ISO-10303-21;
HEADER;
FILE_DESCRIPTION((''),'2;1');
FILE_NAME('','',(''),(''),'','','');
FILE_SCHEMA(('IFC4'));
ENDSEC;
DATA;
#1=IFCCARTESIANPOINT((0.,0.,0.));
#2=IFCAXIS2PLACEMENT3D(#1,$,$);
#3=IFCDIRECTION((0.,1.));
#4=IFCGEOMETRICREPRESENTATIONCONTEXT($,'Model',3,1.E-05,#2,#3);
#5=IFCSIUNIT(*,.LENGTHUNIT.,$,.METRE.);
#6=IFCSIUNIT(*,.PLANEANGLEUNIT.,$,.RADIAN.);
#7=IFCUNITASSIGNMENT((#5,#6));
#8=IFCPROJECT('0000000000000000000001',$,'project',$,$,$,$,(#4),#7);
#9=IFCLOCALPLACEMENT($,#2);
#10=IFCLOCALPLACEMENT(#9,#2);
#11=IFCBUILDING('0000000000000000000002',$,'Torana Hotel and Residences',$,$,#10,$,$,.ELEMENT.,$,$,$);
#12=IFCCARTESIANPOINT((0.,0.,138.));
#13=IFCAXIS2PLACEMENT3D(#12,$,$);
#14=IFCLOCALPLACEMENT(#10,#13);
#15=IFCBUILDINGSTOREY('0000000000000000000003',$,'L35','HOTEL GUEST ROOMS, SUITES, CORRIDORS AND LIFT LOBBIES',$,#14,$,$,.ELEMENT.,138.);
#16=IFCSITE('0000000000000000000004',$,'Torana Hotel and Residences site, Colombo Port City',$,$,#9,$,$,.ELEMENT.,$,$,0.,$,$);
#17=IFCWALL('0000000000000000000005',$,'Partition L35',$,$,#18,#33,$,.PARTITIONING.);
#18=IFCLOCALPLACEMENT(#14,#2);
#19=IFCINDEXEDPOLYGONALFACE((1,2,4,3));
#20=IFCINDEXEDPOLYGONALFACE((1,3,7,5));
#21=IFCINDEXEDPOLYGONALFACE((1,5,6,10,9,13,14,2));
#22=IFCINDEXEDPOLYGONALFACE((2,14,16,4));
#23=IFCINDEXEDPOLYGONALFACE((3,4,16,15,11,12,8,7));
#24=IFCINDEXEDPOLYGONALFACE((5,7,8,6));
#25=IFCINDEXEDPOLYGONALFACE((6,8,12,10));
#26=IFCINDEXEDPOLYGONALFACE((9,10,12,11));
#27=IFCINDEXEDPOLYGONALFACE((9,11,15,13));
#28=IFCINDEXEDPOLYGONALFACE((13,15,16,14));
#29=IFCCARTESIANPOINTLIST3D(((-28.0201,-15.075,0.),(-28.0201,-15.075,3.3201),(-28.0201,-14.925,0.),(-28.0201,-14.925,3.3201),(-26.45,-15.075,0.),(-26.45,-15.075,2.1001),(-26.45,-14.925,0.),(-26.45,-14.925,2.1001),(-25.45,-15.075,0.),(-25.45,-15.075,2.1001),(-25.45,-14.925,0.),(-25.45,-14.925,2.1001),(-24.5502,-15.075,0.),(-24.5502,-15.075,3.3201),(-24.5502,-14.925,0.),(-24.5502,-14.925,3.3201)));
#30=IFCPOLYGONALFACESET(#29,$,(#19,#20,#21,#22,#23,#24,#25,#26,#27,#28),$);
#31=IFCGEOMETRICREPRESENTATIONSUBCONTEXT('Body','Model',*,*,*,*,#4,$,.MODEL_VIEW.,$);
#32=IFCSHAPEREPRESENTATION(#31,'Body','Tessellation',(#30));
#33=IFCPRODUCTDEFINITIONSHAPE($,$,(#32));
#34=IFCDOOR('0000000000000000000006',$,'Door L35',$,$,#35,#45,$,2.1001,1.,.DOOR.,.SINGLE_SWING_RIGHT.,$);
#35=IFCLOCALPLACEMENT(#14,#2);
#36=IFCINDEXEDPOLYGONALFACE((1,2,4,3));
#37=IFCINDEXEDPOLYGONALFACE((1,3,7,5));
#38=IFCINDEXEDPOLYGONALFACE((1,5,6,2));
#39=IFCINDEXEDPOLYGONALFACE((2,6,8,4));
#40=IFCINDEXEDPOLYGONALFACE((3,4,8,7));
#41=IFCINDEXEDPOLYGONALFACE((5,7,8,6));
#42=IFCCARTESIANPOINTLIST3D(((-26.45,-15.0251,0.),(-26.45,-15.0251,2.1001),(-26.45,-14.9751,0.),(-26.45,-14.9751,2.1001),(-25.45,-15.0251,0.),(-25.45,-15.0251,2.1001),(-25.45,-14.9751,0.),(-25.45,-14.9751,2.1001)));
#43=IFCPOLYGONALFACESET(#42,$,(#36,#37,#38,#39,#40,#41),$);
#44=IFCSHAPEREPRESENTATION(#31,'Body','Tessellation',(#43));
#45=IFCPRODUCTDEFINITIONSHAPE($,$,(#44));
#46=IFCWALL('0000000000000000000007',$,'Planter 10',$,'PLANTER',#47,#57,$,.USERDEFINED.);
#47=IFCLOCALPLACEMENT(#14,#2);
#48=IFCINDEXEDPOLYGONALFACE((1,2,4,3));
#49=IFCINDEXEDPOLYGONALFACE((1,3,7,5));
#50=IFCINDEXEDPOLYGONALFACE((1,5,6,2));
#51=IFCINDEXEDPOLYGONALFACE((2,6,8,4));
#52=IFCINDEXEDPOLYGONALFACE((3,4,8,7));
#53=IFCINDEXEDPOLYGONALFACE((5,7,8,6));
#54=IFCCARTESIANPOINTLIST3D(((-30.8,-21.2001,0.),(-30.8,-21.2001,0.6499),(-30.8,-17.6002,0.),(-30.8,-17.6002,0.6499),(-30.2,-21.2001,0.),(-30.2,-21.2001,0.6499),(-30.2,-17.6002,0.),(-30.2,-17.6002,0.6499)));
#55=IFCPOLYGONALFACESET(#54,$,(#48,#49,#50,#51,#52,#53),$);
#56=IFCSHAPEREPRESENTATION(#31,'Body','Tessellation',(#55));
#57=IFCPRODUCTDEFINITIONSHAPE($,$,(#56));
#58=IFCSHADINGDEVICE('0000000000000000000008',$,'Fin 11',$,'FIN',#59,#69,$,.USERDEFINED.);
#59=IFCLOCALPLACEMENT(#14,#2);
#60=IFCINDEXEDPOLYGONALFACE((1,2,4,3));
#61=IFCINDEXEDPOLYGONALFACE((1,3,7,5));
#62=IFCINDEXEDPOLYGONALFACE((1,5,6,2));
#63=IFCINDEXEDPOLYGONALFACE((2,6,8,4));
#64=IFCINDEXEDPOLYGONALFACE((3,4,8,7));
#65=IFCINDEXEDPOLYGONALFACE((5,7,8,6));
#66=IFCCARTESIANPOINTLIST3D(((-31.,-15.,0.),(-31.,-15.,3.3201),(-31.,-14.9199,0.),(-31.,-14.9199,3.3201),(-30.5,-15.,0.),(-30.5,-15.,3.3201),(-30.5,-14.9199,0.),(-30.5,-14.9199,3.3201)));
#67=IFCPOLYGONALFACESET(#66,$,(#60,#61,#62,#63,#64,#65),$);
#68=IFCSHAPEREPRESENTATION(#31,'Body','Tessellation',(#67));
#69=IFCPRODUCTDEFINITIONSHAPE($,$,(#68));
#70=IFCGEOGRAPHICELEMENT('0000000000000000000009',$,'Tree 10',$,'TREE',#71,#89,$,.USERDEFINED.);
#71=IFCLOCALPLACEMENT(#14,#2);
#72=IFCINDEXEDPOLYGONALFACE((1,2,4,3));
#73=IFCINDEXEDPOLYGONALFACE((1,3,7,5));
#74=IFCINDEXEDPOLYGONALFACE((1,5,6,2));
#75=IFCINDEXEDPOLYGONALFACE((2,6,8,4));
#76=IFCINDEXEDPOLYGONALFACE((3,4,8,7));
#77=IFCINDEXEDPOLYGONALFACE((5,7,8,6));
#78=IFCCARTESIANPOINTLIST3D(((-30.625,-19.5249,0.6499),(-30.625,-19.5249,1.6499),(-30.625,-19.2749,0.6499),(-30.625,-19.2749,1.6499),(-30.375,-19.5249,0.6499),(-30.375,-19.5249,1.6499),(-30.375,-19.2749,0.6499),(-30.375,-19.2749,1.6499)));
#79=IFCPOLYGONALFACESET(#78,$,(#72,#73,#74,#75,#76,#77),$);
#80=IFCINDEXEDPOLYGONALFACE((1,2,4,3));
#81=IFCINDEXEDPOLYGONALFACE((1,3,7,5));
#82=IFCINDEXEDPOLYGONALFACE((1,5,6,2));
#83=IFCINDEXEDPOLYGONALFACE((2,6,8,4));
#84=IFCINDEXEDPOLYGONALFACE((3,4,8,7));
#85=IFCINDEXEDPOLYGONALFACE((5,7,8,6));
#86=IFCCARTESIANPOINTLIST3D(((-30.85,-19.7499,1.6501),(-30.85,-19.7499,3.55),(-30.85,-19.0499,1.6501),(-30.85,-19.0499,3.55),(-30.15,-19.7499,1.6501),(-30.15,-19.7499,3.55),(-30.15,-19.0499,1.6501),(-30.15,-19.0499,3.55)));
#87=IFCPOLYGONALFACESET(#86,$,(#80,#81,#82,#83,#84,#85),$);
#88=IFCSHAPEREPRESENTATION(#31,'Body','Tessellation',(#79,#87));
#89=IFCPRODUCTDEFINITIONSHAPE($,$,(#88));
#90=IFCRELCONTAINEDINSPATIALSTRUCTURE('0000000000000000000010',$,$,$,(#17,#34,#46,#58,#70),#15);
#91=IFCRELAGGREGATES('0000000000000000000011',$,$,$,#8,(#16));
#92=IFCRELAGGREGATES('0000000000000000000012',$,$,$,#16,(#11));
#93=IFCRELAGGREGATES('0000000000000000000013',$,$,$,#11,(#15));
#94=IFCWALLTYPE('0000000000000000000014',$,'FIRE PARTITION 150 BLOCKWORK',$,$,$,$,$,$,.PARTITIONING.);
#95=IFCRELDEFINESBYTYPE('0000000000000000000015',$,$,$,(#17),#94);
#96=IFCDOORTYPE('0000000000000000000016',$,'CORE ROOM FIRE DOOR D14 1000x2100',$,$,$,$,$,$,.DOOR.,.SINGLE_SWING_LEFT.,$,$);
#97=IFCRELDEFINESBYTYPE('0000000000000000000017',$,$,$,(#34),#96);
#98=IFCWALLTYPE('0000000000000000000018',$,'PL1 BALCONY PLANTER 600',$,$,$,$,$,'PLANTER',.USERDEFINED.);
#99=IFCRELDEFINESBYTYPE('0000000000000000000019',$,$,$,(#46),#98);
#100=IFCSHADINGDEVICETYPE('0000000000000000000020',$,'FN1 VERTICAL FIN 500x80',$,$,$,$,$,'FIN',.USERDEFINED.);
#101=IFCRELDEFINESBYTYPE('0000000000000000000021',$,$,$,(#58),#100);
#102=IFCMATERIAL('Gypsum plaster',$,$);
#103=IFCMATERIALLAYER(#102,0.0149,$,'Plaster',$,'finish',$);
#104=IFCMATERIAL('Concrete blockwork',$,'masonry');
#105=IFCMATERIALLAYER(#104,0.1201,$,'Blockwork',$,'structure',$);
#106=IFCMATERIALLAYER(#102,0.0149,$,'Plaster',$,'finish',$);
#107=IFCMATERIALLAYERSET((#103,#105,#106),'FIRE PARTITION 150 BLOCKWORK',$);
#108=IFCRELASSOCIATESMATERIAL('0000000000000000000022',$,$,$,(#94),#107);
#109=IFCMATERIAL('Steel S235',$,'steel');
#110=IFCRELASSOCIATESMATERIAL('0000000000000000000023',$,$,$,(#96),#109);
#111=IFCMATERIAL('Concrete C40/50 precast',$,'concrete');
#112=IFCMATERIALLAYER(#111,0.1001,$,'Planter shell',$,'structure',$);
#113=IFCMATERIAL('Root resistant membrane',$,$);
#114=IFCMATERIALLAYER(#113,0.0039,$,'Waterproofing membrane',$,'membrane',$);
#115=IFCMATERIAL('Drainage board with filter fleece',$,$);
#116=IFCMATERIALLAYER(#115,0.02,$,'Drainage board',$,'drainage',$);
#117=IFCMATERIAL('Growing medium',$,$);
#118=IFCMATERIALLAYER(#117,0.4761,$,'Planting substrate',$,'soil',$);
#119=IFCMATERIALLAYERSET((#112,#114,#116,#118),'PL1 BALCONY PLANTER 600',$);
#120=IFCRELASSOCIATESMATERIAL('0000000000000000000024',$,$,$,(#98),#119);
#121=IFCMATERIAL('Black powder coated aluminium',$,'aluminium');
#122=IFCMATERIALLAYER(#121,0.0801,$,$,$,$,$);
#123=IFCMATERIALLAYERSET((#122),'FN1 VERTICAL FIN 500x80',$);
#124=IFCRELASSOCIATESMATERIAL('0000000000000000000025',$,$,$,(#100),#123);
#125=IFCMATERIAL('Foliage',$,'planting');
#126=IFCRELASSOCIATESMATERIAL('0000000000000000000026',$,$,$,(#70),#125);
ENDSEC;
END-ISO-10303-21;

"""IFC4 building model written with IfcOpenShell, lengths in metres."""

from ifc_helpers import new_model, si_unit, direction, frame, frame_2d, origin, origin_2d, place, context, subcontext, project, spatial, rectangle, extrude, material, layer, layer_set, type_object, element, fill, save


model = new_model("IFC4")

# Units and contexts
model_context = context("Model", 3, precision=1e-05, world=origin(), true_north=direction((0.0, 1.0)))
body_context = subcontext(model_context, "Body", "Model", "MODEL_VIEW")
ifc_project = project(units=[si_unit("LENGTHUNIT", "METRE"), si_unit("PLANEANGLEUNIT", "RADIAN")], contexts=[model_context])

# Site, building, storey
site_placement = place(None, origin())
site = spatial("IfcSite", under=ifc_project, at=site_placement, Name="Torana Hotel and Residences site, Colombo Port City", CompositionType="ELEMENT", RefElevation=0.0)
building_placement = place(site_placement, origin())
building = spatial("IfcBuilding", under=site, at=building_placement, Name="Torana Hotel and Residences", CompositionType="ELEMENT")
storey_placement = place(building_placement, frame((0.0, 0.0, 138.0)))
storey = spatial("IfcBuildingStorey", under=building, at=storey_placement, Name="L35", Description="HOTEL GUEST ROOMS, SUITES, CORRIDORS AND LIFT LOBBIES", CompositionType="ELEMENT", Elevation=138.0)

# Shared definitions
ifc_material_1 = material(Name="Gypsum plaster")
ifc_layer_1 = layer(ifc_material_1, 0.0149, Name="Plaster", Category="finish")
ifc_material_2 = material(Name="Concrete blockwork", Category="masonry")
ifc_layer_2 = layer(ifc_material_2, 0.1201, Name="Blockwork", Category="structure")
ifc_layer_3 = layer(ifc_material_1, 0.0149, Name="Plaster", Category="finish")
ifc_layer_set_1 = layer_set([ifc_layer_1, ifc_layer_2, ifc_layer_3], Name="FIRE PARTITION 150 BLOCKWORK")
wall_type_1 = type_object("IfcWallType", Name="FIRE PARTITION 150 BLOCKWORK", PredefinedType="PARTITIONING", material=ifc_layer_set_1)

# Wall, opening, door
wall_1_placement = place(storey_placement, frame((-28.02, -15.0, 0.0), z_axis=(0.0, 0.0, 1.0), x_axis=(1.0, 0.0, 0.0)))
wall_1 = element("IfcWall", 1, at=wall_1_placement, inside=storey, type_object=wall_type_1, Name="Partition L35", PredefinedType="PARTITIONING", context=body_context, shape_type="SweptSolid", body=[
    extrude(rectangle(XDim=3.47, YDim=0.1499, at=frame_2d((1.7349, 0.0))), origin(), (0.0, 0.0, 1.0), 3.3201),
])
opening_1_placement = place(wall_1_placement, frame((1.5701, 0.0, 0.0)))
opening_1 = element("IfcOpeningElement", 2, at=opening_1_placement, cuts=wall_1, PredefinedType="OPENING", context=body_context, shape_type="SweptSolid", body=[
    extrude(rectangle(XDim=1.0, YDim=2.1001, at=frame_2d((0.5, 1.05))), frame((0.0, 0.085, 0.0), z_axis=(0.0, -1.0, 0.0), x_axis=(1.0, 0.0, 0.0)), (0.0, 0.0, 1.0), 0.1699),
])
ifc_material_3 = material(Name="Steel S235", Category="steel")
door_type_1 = type_object("IfcDoorType", Name="CORE ROOM FIRE DOOR D14 1000x2100", OperationType="SINGLE_SWING_LEFT", PredefinedType="DOOR", material=ifc_material_3)
door_1_placement = place(opening_1_placement, origin())
door_1 = element("IfcDoor", 3, at=door_1_placement, inside=storey, type_object=door_type_1, Name="Door L35", OperationType="SINGLE_SWING_RIGHT", OverallHeight=2.1001, OverallWidth=1.0, PredefinedType="DOOR", context=body_context, shape_type="SweptSolid", body=[
    extrude(rectangle(XDim=1.0, YDim=2.1001, at=frame_2d((0.5, 1.05))), frame((0.0, 0.0249, 0.0), z_axis=(0.0, -1.0, 0.0), x_axis=(1.0, 0.0, 0.0)), (0.0, 0.0, 1.0), 0.05),
])
fill(opening_1, door_1)

# Wall
ifc_material_4 = material(Name="Concrete C40/50 precast", Category="concrete")
ifc_layer_4 = layer(ifc_material_4, 0.1001, Name="Planter shell", Category="structure")
ifc_material_5 = material(Name="Root resistant membrane")
ifc_layer_5 = layer(ifc_material_5, 0.0039, Name="Waterproofing membrane", Category="membrane")
ifc_material_6 = material(Name="Drainage board with filter fleece")
ifc_layer_6 = layer(ifc_material_6, 0.02, Name="Drainage board", Category="drainage")
ifc_material_7 = material(Name="Growing medium")
ifc_layer_7 = layer(ifc_material_7, 0.4761, Name="Planting substrate", Category="soil")
ifc_layer_set_2 = layer_set([ifc_layer_4, ifc_layer_5, ifc_layer_6, ifc_layer_7], Name="PL1 BALCONY PLANTER 600")
wall_type_2 = type_object("IfcWallType", Name="PL1 BALCONY PLANTER 600", ElementType="PLANTER", PredefinedType="USERDEFINED", material=ifc_layer_set_2)
wall_2_placement = place(storey_placement, frame((-30.5, -21.2, 0.0), z_axis=(0.0, 0.0, 1.0), x_axis=(0.0, 1.0, 0.0)))
element("IfcWall", 4, at=wall_2_placement, inside=storey, type_object=wall_type_2, Name="Planter 10", ObjectType="PLANTER", PredefinedType="USERDEFINED", context=body_context, shape_type="SweptSolid", body=[
    extrude(rectangle(XDim=3.5999, YDim=0.6001, at=frame_2d((1.7998, 0.0))), origin(), (0.0, 0.0, 1.0), 0.6499),
])

# Shading device
ifc_material_8 = material(Name="Black powder coated aluminium", Category="aluminium")
ifc_layer_8 = layer(ifc_material_8, 0.0801)
ifc_layer_set_3 = layer_set([ifc_layer_8], Name="FN1 VERTICAL FIN 500x80")
shading_device_type = type_object("IfcShadingDeviceType", Name="FN1 VERTICAL FIN 500x80", ElementType="FIN", PredefinedType="USERDEFINED", material=ifc_layer_set_3)
shading_device_placement = place(storey_placement, frame((-30.75, -14.96, 0.0), z_axis=(0.0, 0.0, 1.0), x_axis=(0.0, 1.0, 0.0)))
element("IfcShadingDevice", 5, at=shading_device_placement, inside=storey, type_object=shading_device_type, Name="Fin 11", ObjectType="FIN", PredefinedType="USERDEFINED", context=body_context, shape_type="SweptSolid", body=[
    extrude(rectangle(XDim=0.0801, YDim=0.5, at=origin_2d()), origin(), (0.0, 0.0, 1.0), 3.3201),
])

# Geographic element
ifc_material_9 = material(Name="Foliage", Category="planting")
geographic_element_placement = place(storey_placement, frame((-30.5, -19.3999, 0.6499), z_axis=(0.0, 0.0, 1.0), x_axis=(1.0, 0.0, 0.0)))
element("IfcGeographicElement", 6, at=geographic_element_placement, inside=storey, material=ifc_material_9, Name="Tree 10", ObjectType="TREE", PredefinedType="USERDEFINED", context=body_context, shape_type="SweptSolid", body=[
    extrude(rectangle(XDim=0.25, YDim=0.25, at=origin_2d()), origin(), (0.0, 0.0, 1.0), 1.0),
    extrude(rectangle(XDim=0.7, YDim=0.7, at=origin_2d()), frame((0.0, 0.0, 1.0002)), (0.0, 0.0, 1.0), 1.8999),
])

save(model, "model.ifc")
